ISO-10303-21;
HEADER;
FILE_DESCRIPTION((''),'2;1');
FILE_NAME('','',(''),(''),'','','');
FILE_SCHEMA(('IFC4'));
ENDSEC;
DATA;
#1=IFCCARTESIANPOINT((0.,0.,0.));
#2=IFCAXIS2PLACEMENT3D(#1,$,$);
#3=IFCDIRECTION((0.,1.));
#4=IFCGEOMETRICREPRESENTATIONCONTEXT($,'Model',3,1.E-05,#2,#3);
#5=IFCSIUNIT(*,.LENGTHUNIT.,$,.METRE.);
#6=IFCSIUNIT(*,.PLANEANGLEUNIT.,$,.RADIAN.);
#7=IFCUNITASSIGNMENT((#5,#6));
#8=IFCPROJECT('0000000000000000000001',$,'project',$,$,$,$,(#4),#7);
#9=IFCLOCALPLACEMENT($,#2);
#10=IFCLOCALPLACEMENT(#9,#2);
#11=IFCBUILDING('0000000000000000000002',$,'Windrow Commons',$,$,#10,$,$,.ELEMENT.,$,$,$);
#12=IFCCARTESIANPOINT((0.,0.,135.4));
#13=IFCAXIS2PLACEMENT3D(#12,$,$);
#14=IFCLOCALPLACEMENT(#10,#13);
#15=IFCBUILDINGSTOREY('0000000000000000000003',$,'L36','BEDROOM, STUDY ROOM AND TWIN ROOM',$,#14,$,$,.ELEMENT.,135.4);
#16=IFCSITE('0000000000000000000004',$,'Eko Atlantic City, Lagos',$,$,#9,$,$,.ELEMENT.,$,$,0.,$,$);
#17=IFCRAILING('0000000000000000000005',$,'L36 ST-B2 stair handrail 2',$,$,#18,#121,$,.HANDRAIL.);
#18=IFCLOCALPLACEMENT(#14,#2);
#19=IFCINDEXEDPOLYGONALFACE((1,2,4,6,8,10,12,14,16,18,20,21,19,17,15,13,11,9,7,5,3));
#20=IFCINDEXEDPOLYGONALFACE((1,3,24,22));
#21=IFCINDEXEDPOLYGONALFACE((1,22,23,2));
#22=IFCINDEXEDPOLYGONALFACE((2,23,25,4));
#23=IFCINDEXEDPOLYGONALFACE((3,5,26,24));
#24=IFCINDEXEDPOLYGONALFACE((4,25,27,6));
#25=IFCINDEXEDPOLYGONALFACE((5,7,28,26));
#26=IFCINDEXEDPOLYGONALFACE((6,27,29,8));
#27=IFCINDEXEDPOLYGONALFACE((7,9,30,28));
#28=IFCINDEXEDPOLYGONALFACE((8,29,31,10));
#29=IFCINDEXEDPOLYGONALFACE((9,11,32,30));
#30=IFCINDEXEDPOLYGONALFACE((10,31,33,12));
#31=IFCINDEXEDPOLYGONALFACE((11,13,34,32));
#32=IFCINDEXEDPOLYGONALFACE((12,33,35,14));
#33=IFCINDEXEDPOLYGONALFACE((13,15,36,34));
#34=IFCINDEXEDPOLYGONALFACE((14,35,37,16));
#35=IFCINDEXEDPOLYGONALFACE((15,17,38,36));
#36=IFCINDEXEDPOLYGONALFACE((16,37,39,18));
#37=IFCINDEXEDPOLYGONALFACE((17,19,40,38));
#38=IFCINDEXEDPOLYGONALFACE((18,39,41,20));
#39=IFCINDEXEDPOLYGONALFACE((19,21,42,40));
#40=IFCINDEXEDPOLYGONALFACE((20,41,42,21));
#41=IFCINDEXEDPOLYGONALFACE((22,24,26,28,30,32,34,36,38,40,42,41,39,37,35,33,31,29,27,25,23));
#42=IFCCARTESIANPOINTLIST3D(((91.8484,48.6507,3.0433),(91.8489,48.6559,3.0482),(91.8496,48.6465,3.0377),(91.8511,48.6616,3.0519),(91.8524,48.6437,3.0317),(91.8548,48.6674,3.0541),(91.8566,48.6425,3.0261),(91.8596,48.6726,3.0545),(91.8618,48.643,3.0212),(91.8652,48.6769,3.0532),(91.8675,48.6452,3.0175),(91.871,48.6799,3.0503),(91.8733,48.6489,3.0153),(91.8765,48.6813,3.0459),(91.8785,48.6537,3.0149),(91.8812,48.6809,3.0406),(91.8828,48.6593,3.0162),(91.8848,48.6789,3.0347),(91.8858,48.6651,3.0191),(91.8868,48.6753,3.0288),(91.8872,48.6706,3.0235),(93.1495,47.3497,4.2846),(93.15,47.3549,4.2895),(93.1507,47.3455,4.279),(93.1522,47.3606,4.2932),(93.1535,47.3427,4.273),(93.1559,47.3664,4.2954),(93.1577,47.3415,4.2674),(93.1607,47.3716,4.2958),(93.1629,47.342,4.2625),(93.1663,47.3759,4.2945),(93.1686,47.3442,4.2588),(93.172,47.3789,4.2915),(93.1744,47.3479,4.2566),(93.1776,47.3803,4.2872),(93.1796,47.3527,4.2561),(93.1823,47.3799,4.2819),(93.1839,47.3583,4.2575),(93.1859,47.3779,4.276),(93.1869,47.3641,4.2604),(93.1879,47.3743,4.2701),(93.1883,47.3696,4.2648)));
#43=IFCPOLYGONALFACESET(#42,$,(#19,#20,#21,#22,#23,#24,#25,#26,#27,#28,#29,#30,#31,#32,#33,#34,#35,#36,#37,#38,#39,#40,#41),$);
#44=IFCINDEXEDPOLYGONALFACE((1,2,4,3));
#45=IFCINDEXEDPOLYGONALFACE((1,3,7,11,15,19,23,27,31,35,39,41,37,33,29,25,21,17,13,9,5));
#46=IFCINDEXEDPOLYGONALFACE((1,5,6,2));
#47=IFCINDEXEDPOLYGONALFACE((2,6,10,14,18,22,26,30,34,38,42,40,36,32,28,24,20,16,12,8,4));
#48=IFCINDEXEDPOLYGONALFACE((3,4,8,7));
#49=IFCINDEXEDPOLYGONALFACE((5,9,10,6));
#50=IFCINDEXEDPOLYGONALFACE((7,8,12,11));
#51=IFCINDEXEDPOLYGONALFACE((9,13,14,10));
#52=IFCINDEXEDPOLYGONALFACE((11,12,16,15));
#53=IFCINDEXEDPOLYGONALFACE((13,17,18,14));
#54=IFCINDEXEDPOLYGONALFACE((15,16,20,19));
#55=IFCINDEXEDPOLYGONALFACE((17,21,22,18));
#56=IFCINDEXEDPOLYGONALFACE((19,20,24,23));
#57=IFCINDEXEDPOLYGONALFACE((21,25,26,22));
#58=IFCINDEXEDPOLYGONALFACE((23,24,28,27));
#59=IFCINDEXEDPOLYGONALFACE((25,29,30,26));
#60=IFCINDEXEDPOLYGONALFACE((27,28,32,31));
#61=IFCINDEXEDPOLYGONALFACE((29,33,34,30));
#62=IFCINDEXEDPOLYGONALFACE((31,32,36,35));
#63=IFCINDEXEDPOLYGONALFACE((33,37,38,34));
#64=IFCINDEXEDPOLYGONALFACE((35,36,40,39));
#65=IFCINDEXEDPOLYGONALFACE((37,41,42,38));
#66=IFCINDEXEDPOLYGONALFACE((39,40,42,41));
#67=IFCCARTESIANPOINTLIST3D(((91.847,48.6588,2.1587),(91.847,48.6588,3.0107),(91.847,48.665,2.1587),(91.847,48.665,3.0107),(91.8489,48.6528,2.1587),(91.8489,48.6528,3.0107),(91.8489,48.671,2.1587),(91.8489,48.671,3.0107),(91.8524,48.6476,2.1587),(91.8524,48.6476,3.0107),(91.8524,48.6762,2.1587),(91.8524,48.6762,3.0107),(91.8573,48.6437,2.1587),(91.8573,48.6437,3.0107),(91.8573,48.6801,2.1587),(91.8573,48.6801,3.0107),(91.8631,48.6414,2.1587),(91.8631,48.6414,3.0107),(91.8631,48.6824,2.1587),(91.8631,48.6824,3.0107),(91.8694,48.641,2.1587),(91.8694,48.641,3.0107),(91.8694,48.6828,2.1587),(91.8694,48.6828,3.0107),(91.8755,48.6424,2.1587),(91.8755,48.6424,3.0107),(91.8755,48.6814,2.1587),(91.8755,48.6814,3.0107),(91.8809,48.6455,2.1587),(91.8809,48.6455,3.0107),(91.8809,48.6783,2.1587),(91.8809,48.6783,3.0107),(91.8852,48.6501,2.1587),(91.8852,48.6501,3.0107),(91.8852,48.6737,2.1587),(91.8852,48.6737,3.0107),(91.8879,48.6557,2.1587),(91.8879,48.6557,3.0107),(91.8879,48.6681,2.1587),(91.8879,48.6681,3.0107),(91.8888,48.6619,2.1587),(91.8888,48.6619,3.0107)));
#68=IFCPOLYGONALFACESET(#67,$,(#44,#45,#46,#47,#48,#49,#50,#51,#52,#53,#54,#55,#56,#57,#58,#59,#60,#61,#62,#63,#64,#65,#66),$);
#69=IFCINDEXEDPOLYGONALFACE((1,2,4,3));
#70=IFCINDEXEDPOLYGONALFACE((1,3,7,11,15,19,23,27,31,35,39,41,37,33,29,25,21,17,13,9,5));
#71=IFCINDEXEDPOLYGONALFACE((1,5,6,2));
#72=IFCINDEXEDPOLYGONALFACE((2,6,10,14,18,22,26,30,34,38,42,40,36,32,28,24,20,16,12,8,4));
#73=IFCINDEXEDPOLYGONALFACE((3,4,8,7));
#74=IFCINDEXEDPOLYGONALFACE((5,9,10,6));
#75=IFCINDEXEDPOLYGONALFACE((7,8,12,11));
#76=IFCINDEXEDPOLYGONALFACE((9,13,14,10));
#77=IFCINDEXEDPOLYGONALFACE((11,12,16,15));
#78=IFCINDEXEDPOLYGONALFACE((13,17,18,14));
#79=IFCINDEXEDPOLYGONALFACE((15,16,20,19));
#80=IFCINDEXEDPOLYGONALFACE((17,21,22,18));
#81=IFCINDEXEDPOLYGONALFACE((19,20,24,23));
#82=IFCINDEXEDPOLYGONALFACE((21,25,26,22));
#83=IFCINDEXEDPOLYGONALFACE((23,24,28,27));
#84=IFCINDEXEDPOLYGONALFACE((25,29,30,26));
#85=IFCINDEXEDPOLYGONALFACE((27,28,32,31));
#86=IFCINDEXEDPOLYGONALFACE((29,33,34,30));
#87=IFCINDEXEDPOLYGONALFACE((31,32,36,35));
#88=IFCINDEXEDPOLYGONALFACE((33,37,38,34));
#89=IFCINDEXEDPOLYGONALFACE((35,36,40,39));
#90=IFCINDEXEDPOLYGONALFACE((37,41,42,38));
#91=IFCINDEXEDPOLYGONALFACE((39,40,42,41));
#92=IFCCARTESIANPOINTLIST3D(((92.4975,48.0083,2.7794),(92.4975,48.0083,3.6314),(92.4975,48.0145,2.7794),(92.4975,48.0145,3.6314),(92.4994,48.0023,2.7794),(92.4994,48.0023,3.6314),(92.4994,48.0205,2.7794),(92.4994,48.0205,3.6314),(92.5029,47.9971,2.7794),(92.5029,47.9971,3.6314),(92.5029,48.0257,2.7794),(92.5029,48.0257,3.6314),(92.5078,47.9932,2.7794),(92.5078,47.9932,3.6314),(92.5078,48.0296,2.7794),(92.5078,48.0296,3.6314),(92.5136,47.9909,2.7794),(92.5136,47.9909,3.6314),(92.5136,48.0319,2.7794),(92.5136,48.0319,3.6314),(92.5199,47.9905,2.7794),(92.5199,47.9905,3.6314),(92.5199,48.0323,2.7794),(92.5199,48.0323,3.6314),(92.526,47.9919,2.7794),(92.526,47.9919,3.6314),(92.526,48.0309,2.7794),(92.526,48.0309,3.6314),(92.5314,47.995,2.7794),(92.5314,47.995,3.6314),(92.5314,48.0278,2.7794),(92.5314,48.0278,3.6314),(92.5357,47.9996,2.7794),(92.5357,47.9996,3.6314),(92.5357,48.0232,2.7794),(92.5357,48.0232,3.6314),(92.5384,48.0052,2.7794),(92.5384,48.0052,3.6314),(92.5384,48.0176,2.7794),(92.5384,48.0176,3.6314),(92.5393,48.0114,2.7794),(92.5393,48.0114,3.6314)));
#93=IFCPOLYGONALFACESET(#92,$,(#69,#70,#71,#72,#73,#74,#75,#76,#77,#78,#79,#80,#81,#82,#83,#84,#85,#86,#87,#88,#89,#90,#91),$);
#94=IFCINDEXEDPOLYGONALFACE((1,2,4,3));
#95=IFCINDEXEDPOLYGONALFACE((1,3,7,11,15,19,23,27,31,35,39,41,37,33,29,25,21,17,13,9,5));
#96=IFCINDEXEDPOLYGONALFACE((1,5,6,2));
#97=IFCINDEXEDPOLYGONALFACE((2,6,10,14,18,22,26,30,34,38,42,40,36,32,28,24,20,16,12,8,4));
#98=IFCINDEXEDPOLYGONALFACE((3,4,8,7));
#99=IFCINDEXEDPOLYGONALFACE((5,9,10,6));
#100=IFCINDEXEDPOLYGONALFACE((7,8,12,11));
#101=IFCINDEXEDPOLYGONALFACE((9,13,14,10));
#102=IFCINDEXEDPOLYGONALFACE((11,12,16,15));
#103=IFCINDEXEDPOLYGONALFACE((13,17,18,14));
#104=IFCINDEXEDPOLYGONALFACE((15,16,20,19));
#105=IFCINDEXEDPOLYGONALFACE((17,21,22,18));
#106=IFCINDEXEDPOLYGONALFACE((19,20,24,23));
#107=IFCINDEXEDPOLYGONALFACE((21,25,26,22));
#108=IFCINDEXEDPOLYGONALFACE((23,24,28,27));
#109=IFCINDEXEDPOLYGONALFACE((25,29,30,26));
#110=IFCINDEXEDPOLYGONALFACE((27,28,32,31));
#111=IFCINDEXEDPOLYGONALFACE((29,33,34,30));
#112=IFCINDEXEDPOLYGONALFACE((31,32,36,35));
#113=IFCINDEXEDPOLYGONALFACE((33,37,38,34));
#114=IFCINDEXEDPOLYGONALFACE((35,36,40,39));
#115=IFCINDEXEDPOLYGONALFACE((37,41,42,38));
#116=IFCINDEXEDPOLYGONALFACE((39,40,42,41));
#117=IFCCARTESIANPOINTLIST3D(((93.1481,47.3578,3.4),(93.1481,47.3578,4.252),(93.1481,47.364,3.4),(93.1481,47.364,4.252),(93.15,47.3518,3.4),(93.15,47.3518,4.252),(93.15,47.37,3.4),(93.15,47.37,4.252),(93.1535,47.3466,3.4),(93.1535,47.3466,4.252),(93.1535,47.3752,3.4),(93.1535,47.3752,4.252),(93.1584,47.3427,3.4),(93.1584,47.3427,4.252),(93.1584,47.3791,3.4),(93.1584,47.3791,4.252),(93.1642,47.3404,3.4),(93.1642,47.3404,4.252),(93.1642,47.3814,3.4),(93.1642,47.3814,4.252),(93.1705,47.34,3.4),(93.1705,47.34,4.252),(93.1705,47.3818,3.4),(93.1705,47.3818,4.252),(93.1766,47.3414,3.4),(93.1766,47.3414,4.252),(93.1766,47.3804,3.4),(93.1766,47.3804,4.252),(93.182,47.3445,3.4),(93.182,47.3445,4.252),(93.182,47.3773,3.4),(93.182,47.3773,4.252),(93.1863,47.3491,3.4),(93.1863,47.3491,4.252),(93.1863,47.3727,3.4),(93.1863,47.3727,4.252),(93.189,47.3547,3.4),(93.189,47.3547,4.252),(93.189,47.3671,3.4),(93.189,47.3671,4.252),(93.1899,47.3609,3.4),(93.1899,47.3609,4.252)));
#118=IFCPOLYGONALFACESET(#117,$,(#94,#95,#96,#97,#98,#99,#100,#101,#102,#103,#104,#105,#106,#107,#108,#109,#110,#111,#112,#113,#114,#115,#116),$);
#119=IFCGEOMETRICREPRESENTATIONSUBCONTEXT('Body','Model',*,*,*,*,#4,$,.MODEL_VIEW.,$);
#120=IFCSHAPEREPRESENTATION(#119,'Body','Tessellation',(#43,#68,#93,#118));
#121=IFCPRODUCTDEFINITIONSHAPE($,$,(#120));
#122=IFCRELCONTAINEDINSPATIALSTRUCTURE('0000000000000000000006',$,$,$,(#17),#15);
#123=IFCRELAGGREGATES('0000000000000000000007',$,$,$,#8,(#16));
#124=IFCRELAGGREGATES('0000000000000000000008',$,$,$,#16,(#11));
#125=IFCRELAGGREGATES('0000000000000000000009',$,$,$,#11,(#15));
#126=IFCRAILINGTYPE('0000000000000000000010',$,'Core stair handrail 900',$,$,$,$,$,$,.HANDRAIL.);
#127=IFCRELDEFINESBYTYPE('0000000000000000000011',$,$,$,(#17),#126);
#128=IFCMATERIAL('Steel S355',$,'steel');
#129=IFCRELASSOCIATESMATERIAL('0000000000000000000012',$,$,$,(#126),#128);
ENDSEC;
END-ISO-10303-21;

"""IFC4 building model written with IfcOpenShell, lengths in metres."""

from ifc_helpers import new_model, si_unit, direction, frame, origin, origin_2d, place, context, subcontext, project, spatial, circle, extrude, material, type_object, element, save


model = new_model("IFC4")

# Units and contexts
model_context = context("Model", 3, precision=1e-05, world=origin(), true_north=direction((0.0, 1.0)))
body_context = subcontext(model_context, "Body", "Model", "MODEL_VIEW")
ifc_project = project(units=[si_unit("LENGTHUNIT", "METRE"), si_unit("PLANEANGLEUNIT", "RADIAN")], contexts=[model_context])

# Site, building, storey
site_placement = place(None, origin())
site = spatial("IfcSite", under=ifc_project, at=site_placement, Name="Eko Atlantic City, Lagos", CompositionType="ELEMENT", RefElevation=0.0)
building_placement = place(site_placement, origin())
building = spatial("IfcBuilding", under=site, at=building_placement, Name="Windrow Commons", CompositionType="ELEMENT")
storey_placement = place(building_placement, frame((0.0, 0.0, 135.4)))
storey = spatial("IfcBuildingStorey", under=building, at=storey_placement, Name="L36", Description="BEDROOM, STUDY ROOM AND TWIN ROOM", CompositionType="ELEMENT", Elevation=135.4)

# Railing
ifc_material_1 = material(Name="Steel S355", Category="steel")
railing_type_1 = type_object("IfcRailingType", Name="Core stair handrail 900", PredefinedType="HANDRAIL", material=ifc_material_1)
railing_1_placement = place(storey_placement, frame((91.8678, 48.6619, 2.1587)))
element("IfcRailing", 1, at=railing_1_placement, inside=storey, type_object=railing_type_1, Name="L36 ST-B2 stair handrail 2", PredefinedType="HANDRAIL", context=body_context, shape_type="SweptSolid", body=[
    extrude(circle(Radius=0.024, at=origin_2d()), frame((0.0, 0.0, 0.876), z_axis=(0.586207, -0.586162, 0.559264), x_axis=(0.70708, 0.707134, 0.0)), (0.0, 0.0, 1.0), 2.2195),
    extrude(circle(Radius=0.021, at=origin_2d()), origin(), (0.0, 0.0, 1.0), 0.852),
    extrude(circle(Radius=0.021, at=origin_2d()), frame((0.6505, -0.6505, 0.6207)), (0.0, 0.0, 1.0), 0.852),
    extrude(circle(Radius=0.021, at=origin_2d()), frame((1.3011, -1.301, 1.2413)), (0.0, 0.0, 1.0), 0.852),
])

save(model, "model.ifc")
